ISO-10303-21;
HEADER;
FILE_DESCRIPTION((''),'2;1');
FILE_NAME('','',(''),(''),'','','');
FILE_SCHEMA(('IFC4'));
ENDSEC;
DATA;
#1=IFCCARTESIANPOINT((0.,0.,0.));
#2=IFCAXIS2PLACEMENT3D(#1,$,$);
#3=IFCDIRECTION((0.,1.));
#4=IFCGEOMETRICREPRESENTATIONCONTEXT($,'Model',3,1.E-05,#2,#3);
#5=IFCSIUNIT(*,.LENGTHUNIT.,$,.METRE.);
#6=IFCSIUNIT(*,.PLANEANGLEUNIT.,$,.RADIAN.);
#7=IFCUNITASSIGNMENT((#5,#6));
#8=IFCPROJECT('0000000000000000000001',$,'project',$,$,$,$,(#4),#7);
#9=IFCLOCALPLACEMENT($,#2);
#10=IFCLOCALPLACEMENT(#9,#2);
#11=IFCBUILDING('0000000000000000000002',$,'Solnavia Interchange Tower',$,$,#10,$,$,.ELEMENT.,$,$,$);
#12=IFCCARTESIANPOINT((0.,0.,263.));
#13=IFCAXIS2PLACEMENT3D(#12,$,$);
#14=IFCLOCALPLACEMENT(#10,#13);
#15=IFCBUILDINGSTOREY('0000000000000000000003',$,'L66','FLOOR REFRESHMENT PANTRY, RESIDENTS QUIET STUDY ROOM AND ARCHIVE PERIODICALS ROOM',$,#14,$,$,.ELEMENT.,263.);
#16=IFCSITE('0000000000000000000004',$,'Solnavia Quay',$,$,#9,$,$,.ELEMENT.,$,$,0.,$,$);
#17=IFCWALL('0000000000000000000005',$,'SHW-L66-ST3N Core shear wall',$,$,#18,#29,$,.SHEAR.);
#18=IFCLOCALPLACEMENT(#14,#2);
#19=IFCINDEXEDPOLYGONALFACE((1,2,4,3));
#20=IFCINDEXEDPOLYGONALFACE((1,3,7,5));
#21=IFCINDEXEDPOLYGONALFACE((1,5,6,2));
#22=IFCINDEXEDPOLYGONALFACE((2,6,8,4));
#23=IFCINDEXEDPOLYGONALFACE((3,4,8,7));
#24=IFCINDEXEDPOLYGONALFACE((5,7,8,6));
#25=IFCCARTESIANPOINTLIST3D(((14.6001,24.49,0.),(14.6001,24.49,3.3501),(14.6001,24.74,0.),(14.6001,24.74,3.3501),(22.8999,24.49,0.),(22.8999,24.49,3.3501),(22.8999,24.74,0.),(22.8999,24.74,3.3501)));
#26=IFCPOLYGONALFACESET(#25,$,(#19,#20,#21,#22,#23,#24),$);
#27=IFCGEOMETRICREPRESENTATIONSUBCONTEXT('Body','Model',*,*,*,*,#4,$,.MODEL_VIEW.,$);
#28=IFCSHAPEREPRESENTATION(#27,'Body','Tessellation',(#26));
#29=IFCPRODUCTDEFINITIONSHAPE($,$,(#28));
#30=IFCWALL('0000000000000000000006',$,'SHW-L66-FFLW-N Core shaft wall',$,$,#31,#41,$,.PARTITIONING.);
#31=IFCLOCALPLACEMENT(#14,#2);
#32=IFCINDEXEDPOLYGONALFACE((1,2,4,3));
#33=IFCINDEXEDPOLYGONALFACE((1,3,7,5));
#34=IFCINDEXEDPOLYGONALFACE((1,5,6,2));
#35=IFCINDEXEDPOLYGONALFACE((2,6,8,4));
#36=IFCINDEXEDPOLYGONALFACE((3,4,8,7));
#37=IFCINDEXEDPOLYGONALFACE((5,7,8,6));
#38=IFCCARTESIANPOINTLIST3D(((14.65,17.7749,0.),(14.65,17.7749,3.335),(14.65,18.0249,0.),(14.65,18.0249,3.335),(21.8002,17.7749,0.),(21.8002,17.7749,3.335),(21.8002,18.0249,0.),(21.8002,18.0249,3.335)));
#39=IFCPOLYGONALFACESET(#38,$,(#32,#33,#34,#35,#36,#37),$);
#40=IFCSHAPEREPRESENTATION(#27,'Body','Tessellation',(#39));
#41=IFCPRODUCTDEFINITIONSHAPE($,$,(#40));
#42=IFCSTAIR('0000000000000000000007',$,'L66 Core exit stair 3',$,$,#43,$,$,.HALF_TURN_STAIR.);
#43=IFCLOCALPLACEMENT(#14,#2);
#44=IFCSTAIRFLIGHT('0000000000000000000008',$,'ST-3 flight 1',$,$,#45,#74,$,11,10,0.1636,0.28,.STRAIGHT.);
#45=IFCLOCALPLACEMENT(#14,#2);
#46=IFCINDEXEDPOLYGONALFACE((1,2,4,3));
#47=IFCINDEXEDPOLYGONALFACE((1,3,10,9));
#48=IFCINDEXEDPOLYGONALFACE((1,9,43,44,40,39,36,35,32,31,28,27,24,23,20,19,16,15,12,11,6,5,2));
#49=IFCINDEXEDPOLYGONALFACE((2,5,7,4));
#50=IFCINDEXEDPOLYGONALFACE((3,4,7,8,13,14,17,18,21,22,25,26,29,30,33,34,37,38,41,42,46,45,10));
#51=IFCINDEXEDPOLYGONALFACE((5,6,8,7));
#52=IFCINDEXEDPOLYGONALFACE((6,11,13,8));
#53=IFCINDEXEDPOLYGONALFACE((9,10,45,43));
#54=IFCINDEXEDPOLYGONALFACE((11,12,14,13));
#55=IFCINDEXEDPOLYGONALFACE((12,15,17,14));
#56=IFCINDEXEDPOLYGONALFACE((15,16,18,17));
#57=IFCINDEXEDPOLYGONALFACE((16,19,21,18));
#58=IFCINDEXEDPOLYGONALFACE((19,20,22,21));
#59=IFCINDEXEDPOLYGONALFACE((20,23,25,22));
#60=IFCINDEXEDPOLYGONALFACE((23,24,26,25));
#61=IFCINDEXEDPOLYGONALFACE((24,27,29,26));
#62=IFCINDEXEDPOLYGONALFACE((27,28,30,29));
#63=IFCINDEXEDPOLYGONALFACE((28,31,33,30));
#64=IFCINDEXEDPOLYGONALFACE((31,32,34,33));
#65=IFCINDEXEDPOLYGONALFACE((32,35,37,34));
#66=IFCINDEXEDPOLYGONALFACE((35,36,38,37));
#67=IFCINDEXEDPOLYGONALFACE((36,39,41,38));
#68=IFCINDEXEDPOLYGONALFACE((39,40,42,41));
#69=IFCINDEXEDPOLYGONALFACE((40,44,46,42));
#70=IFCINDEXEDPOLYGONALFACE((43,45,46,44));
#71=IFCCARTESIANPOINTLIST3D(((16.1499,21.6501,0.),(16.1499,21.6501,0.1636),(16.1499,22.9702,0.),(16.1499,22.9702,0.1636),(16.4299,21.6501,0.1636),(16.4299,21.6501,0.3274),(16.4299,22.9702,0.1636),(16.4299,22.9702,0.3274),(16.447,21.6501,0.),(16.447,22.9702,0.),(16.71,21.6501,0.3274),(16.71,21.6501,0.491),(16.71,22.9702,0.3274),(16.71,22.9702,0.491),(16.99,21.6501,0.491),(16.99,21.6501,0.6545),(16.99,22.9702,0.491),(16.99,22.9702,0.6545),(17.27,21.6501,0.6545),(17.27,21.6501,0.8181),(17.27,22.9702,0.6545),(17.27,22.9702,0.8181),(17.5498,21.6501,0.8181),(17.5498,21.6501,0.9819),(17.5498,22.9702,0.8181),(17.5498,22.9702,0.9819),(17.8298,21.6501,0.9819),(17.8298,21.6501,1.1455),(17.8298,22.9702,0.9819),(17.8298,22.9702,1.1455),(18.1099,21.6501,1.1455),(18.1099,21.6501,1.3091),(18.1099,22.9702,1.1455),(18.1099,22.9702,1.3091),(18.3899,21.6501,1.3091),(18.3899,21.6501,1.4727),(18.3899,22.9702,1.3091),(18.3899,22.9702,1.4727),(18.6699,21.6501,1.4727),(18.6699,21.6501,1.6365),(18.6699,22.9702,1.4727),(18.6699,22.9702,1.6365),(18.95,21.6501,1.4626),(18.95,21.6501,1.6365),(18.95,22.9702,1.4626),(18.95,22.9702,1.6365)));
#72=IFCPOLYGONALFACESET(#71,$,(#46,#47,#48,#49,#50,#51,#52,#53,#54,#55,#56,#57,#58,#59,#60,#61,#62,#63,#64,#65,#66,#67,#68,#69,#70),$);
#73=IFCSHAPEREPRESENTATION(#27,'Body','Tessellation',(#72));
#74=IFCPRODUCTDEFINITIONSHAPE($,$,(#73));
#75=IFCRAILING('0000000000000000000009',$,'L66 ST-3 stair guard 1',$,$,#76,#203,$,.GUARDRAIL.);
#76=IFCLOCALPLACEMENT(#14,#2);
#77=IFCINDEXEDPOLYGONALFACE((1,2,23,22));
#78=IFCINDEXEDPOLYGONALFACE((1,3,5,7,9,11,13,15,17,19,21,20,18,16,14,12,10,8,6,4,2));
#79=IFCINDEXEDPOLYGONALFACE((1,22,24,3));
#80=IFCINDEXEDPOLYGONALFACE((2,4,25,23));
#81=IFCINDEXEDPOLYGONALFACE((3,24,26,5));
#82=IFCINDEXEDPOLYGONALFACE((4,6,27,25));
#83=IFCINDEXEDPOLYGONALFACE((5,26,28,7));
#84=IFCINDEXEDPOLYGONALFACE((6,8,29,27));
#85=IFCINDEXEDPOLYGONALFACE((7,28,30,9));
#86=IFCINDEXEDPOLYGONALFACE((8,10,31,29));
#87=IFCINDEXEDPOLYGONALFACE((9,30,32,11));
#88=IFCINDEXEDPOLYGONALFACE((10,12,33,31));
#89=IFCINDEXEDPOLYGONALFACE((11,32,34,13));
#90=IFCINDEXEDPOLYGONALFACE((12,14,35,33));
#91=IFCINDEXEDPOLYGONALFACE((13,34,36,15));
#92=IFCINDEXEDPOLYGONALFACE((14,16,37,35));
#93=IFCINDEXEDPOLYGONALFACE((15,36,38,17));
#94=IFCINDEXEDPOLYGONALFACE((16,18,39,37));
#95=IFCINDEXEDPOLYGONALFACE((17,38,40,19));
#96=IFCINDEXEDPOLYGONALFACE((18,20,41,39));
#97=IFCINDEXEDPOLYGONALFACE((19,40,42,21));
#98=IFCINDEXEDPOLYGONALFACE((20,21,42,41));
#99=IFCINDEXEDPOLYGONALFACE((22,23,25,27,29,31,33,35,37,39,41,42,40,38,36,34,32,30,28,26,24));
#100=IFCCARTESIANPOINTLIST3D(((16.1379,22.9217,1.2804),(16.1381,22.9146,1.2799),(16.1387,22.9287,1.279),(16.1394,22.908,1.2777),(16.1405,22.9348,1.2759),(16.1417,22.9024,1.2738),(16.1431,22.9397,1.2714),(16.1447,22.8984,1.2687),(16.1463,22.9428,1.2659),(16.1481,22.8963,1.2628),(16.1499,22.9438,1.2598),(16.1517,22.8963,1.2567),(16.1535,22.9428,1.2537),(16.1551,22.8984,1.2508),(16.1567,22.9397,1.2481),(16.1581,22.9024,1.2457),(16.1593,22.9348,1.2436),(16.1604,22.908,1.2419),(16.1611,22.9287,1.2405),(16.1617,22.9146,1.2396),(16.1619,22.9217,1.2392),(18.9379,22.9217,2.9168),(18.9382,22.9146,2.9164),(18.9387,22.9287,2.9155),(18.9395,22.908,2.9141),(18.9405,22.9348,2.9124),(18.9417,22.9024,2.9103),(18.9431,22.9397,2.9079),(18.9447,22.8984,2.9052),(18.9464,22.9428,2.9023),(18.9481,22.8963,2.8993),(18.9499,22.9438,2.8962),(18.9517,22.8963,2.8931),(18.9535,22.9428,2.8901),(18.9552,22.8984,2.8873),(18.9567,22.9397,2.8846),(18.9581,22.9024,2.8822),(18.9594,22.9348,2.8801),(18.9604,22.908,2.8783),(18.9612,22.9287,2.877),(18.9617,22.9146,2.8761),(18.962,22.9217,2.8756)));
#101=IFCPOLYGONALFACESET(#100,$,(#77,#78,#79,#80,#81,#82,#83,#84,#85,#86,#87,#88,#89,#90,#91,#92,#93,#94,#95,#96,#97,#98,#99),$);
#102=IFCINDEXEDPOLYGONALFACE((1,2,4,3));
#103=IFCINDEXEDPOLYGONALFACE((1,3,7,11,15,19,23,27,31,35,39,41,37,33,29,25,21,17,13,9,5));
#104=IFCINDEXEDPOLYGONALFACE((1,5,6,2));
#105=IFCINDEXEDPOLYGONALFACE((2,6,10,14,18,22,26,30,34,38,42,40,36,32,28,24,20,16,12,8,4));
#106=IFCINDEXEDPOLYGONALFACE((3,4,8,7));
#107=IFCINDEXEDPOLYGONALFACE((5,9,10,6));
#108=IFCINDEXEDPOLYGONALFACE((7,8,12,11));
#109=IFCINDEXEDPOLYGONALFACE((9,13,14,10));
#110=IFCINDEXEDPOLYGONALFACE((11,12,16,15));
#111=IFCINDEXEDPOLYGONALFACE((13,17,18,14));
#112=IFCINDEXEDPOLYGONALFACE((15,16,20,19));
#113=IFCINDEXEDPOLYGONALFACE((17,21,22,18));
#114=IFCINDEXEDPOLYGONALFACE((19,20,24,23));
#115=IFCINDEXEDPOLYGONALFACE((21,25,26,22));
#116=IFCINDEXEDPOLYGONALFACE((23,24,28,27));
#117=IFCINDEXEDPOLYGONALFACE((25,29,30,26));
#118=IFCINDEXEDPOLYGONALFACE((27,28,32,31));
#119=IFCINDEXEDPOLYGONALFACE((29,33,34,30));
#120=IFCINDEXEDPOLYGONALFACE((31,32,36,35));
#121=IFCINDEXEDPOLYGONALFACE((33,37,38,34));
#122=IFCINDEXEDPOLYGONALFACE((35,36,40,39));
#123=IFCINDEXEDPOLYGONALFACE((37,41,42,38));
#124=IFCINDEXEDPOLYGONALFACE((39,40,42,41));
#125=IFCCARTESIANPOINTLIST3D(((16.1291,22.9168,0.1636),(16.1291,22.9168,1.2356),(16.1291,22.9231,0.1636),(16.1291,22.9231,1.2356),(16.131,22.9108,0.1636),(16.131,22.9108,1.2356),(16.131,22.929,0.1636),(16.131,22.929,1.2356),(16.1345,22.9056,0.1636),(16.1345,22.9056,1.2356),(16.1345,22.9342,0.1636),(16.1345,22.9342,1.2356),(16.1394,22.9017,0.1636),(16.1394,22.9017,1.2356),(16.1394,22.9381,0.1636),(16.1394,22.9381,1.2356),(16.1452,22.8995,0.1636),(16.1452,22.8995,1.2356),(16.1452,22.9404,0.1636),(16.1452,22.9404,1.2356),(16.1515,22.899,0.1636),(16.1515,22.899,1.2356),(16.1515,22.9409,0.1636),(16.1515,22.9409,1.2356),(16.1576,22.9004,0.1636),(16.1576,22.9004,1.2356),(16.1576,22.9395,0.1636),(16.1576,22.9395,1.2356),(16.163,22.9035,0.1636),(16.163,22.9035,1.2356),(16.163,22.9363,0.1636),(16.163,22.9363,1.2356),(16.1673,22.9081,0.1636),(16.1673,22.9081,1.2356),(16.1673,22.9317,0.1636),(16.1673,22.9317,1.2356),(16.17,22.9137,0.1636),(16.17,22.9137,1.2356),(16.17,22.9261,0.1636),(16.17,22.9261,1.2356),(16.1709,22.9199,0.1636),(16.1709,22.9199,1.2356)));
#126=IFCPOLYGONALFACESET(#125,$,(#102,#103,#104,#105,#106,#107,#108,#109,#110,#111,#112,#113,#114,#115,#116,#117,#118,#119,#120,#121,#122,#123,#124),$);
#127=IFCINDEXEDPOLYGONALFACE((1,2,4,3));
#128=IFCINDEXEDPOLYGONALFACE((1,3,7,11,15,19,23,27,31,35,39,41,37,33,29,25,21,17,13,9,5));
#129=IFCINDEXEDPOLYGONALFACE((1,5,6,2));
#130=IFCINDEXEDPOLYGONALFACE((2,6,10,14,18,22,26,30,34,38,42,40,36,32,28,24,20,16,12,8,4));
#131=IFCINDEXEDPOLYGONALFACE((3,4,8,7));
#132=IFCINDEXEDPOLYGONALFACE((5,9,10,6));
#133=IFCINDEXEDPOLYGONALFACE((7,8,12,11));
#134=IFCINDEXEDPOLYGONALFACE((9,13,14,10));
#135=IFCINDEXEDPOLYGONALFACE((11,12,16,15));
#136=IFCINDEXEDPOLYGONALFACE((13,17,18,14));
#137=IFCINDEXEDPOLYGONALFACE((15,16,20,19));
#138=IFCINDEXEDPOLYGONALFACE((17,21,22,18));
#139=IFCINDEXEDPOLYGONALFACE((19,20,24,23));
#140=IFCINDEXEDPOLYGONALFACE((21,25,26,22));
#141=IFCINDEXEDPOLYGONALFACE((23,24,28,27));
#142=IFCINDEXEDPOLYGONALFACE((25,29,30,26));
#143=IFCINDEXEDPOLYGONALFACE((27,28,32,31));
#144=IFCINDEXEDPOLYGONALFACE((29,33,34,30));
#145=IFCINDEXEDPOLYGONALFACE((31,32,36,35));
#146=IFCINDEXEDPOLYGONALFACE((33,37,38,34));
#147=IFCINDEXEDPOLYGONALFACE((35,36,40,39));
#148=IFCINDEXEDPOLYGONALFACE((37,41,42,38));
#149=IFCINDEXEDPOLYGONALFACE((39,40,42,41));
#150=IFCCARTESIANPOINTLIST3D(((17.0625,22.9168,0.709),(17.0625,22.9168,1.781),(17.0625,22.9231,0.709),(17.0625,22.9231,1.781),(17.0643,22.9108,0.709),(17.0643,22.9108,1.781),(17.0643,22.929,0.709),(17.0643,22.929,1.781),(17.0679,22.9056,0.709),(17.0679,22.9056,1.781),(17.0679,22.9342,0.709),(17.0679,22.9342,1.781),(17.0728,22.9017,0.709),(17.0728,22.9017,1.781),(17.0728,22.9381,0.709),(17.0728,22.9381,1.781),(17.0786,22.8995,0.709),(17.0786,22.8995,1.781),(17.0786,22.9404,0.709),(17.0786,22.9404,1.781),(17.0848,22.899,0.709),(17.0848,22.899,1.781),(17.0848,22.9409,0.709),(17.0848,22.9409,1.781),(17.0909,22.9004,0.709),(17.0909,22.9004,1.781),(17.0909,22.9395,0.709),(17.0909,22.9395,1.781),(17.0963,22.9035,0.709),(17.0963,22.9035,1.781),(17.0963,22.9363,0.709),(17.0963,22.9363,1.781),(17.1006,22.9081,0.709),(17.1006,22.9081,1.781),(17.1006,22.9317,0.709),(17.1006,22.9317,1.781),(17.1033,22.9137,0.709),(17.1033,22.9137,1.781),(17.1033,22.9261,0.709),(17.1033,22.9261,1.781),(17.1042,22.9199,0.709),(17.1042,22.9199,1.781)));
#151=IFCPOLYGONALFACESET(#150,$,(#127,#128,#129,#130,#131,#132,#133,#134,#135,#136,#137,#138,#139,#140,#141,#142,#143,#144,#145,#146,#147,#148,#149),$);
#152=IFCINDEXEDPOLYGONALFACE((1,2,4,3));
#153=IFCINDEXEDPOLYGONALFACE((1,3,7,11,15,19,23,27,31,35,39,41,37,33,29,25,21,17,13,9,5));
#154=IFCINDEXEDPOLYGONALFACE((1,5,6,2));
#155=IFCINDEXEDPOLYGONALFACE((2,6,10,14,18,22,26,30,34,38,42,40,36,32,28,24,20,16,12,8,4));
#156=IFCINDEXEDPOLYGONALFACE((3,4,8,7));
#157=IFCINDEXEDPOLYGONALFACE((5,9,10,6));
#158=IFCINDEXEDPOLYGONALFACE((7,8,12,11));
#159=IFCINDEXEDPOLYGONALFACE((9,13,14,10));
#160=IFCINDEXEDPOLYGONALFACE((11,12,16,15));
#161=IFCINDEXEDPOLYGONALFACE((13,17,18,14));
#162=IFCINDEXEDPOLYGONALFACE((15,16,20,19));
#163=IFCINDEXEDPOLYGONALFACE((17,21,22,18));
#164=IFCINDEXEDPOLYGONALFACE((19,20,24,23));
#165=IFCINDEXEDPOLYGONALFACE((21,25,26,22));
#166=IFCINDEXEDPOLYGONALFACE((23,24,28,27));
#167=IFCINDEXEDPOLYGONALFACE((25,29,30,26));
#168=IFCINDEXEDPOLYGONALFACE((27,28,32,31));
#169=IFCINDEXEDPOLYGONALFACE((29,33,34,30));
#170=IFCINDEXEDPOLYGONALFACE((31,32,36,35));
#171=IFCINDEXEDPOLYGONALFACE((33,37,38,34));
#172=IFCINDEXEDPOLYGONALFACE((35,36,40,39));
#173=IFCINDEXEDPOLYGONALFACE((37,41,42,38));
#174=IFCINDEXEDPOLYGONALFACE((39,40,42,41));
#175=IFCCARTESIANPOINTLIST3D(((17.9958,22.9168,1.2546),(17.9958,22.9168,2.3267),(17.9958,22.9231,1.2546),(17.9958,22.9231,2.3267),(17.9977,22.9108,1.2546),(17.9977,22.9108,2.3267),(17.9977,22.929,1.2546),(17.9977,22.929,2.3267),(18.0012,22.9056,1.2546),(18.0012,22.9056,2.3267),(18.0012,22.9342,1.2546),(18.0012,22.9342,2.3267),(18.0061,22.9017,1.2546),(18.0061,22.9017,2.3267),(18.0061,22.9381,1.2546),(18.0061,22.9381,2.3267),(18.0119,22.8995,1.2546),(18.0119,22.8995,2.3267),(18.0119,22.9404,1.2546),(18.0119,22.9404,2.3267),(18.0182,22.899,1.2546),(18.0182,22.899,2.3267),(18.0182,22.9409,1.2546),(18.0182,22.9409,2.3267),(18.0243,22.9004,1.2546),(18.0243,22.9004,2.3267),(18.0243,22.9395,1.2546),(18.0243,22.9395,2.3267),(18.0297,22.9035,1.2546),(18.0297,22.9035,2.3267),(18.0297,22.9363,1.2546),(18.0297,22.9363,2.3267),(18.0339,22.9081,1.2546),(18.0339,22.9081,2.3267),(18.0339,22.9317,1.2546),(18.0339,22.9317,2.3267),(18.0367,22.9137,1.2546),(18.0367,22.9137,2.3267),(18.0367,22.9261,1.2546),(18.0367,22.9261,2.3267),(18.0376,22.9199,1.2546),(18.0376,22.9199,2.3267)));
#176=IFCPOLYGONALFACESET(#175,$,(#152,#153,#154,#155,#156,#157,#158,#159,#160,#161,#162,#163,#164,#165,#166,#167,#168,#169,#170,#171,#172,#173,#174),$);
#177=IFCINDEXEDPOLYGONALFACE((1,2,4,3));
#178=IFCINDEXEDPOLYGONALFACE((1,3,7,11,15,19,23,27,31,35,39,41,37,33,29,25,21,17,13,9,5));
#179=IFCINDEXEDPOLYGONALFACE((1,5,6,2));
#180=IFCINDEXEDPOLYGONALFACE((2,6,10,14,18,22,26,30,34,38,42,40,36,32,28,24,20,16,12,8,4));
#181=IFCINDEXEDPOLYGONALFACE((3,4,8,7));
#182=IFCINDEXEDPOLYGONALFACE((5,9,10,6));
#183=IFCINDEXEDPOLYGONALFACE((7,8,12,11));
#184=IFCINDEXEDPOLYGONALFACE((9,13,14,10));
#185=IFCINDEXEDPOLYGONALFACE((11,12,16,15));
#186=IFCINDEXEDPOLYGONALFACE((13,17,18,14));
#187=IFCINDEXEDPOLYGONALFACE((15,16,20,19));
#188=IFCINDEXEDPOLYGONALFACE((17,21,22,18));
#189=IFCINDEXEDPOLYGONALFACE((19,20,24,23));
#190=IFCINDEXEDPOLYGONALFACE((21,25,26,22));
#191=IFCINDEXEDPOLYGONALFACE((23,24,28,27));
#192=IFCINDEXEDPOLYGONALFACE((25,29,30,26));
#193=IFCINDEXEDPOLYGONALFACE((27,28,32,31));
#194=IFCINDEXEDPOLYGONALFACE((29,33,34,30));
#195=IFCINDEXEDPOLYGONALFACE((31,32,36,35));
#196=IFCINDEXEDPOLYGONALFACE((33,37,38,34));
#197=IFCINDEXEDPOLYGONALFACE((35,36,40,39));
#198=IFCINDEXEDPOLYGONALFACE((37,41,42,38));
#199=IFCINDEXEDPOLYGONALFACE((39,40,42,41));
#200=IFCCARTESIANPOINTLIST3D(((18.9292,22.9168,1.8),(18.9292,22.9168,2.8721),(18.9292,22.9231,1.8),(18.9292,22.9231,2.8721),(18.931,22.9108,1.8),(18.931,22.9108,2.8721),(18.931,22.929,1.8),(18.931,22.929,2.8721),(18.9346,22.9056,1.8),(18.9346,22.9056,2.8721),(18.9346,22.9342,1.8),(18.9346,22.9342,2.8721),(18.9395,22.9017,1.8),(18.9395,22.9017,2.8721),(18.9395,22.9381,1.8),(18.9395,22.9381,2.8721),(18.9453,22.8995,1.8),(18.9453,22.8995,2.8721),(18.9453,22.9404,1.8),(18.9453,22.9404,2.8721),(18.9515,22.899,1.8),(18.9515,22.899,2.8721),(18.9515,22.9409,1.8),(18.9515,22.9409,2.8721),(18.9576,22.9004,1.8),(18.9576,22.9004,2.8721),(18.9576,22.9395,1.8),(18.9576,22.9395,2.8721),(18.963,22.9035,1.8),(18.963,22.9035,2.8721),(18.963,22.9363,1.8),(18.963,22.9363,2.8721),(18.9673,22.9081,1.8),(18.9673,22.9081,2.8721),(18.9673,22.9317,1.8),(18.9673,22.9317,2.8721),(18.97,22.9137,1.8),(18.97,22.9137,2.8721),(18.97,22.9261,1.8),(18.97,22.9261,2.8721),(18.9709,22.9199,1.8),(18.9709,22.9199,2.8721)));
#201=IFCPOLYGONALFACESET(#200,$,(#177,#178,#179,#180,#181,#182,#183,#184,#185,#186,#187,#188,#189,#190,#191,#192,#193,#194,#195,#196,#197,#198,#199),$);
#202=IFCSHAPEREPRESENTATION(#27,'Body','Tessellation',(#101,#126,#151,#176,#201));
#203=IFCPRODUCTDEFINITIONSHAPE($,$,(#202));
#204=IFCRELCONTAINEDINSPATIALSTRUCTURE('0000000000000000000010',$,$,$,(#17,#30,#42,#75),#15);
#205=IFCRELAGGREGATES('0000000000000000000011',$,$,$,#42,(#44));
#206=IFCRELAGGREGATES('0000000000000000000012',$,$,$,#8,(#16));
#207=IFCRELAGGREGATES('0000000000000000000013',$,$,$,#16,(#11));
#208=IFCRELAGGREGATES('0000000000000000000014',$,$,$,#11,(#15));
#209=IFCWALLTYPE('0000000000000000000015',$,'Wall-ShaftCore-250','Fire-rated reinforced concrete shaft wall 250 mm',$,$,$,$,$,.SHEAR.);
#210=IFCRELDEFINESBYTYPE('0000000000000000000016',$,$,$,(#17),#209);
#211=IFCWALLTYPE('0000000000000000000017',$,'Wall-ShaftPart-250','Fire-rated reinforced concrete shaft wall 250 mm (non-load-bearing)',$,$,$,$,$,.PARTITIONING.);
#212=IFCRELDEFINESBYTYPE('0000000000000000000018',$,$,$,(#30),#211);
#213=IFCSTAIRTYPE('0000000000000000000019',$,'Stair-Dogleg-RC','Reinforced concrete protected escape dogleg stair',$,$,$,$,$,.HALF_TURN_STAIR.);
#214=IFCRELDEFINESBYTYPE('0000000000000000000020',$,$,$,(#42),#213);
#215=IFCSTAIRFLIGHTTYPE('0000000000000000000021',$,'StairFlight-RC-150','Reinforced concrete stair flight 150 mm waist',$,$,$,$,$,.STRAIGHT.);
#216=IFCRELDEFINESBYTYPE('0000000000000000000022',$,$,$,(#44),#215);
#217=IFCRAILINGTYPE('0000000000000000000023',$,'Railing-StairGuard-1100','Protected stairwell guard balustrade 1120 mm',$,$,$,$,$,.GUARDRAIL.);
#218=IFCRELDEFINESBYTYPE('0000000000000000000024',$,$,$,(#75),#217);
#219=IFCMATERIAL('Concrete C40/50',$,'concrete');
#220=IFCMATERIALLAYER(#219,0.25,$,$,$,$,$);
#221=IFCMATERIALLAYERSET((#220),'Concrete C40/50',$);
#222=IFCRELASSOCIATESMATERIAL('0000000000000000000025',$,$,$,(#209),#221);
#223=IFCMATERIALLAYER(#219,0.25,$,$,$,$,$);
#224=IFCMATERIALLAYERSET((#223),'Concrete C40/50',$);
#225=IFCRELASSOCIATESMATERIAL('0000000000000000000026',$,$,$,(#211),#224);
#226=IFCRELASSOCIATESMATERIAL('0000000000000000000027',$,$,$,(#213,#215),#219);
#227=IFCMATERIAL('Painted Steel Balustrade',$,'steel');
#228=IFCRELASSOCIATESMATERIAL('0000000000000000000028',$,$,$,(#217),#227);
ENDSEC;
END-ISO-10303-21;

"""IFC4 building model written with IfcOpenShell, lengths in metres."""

from ifc_helpers import new_model, si_unit, direction, frame, frame_2d, origin, origin_2d, place, context, subcontext, project, spatial, polyline, rectangle, circle, outline, extrude, material, layer, layer_set, type_object, element, aggregate, save


model = new_model("IFC4")

# Units and contexts
model_context = context("Model", 3, precision=1e-05, world=origin(), true_north=direction((0.0, 1.0)))
body_context = subcontext(model_context, "Body", "Model", "MODEL_VIEW")
ifc_project = project(units=[si_unit("LENGTHUNIT", "METRE"), si_unit("PLANEANGLEUNIT", "RADIAN")], contexts=[model_context])

# Site, building, storey
site_placement = place(None, origin())
site = spatial("IfcSite", under=ifc_project, at=site_placement, Name="Solnavia Quay", CompositionType="ELEMENT", RefElevation=0.0)
building_placement = place(site_placement, origin())
building = spatial("IfcBuilding", under=site, at=building_placement, Name="Solnavia Interchange Tower", CompositionType="ELEMENT")
storey_placement = place(building_placement, frame((0.0, 0.0, 263.0)))
storey = spatial("IfcBuildingStorey", under=building, at=storey_placement, Name="L66", Description="FLOOR REFRESHMENT PANTRY, RESIDENTS QUIET STUDY ROOM AND ARCHIVE PERIODICALS ROOM", CompositionType="ELEMENT", Elevation=263.0)

# Shared definitions
ifc_material_1 = material(Name="Concrete C40/50", Category="concrete")

# Walls
ifc_layer_1 = layer(ifc_material_1, 0.25)
ifc_layer_set_1 = layer_set([ifc_layer_1], Name="Concrete C40/50")
wall_type_1 = type_object("IfcWallType", Name="Wall-ShaftCore-250", Description="Fire-rated reinforced concrete shaft wall 250 mm", PredefinedType="SHEAR", material=ifc_layer_set_1)
for number, where, z_axis, x_axis, name in (
    (1, (14.6001, 24.615, 0.0), (0.0, 0.0, 1.0), (1.0, 0.0, 0.0), "SHW-L66-ST3N Core shear wall"),
):
    element("IfcWall", number, at=place(storey_placement, frame(where, z_axis=z_axis, x_axis=x_axis)), inside=storey, type_object=wall_type_1, Name=name, PredefinedType="SHEAR", context=body_context, shape_type="SweptSolid", body=[
        extrude(rectangle(XDim=8.2998, YDim=0.25, at=frame_2d((4.1499, 0.0))), origin(), (0.0, 0.0, 1.0), 3.3501),
    ])
ifc_layer_2 = layer(ifc_material_1, 0.25)
ifc_layer_set_2 = layer_set([ifc_layer_2], Name="Concrete C40/50")
wall_type_2 = type_object("IfcWallType", Name="Wall-ShaftPart-250", Description="Fire-rated reinforced concrete shaft wall 250 mm (non-load-bearing)", PredefinedType="PARTITIONING", material=ifc_layer_set_2)
wall_1_placement = place(storey_placement, frame((14.6499, 17.8999, 0.0), z_axis=(0.0, 0.0, 1.0), x_axis=(1.0, 0.0, 0.0)))
element("IfcWall", 2, at=wall_1_placement, inside=storey, type_object=wall_type_2, Name="SHW-L66-FFLW-N Core shaft wall", PredefinedType="PARTITIONING", context=body_context, shape_type="SweptSolid", body=[
    extrude(rectangle(XDim=7.1501, YDim=0.25, at=frame_2d((3.5752, 0.0))), origin(), (0.0, 0.0, 1.0), 3.335),
])

# Stair, stair flight
stair_type = type_object("IfcStairType", Name="Stair-Dogleg-RC", Description="Reinforced concrete protected escape dogleg stair", PredefinedType="HALF_TURN_STAIR", material=ifc_material_1)
stair_placement = place(storey_placement, origin())
stair = element("IfcStair", 3, at=stair_placement, inside=storey, type_object=stair_type, Name="L66 Core exit stair 3", PredefinedType="HALF_TURN_STAIR")
stair_flight_type = type_object("IfcStairFlightType", Name="StairFlight-RC-150", Description="Reinforced concrete stair flight 150 mm waist", PredefinedType="STRAIGHT", material=ifc_material_1)
stair_flight_placement = place(storey_placement, frame((16.1499, 22.3101, 0.0), z_axis=(0.0, 0.0, 1.0), x_axis=(1.0, 0.0, 0.0)))
stair_flight = element("IfcStairFlight", 4, at=stair_flight_placement, type_object=stair_flight_type, Name="ST-3 flight 1", NumberOfRisers=11, NumberOfTreads=10, PredefinedType="STRAIGHT", RiserHeight=0.1636, TreadLength=0.28, context=body_context, shape_type="SweptSolid", body=[
    extrude(outline(polyline([(0.0, 0.0), (0.0, 0.1636), (0.28, 0.1636), (0.28, 0.3274), (0.5601, 0.3274), (0.5601, 0.491), (0.8401, 0.491), (0.8401, 0.6545), (1.1201, 0.6545), (1.1201, 0.8181), (1.3999, 0.8181), (1.3999, 0.9819), (1.6799, 0.9819), (1.6799, 1.1455), (1.96, 1.1455), (1.96, 1.3091), (2.24, 1.3091), (2.24, 1.4727), (2.52, 1.4727), (2.52, 1.6365), (2.8, 1.6365), (2.8, 1.8), (2.8, 1.4626), (0.2971, 0.0), (0.0, 0.0)])), frame((0.0, 0.6602, 0.0), z_axis=(0.0, -1.0, 0.0), x_axis=(1.0, 0.0, 0.0)), (0.0, 0.0, 1.0), 1.3201),
])
aggregate(stair, [stair_flight])

# Railing
ifc_material_2 = material(Name="Painted Steel Balustrade", Category="steel")
railing_type_1 = type_object("IfcRailingType", Name="Railing-StairGuard-1100", Description="Protected stairwell guard balustrade 1120 mm", PredefinedType="GUARDRAIL", material=ifc_material_2)
railing_1_placement = place(storey_placement, frame((16.1499, 22.9199, 0.1636)))
element("IfcRailing", 5, at=railing_1_placement, inside=storey, type_object=railing_type_1, Name="L66 ST-3 stair guard 1", PredefinedType="GUARDRAIL", context=body_context, shape_type="SweptSolid", body=[
    extrude(circle(Radius=0.0239, at=origin_2d()), frame((0.0, 0.0, 1.0962), z_axis=(0.863361, 0.0, 0.504587), x_axis=(0.0, 1.0, 0.0)), (0.0, 0.0, 1.0), 3.2432),
    extrude(circle(Radius=0.021, at=origin_2d()), origin(), (0.0, 0.0, 1.0), 1.072),
    extrude(circle(Radius=0.021, at=origin_2d()), frame((0.9333, 0.0, 0.5454)), (0.0, 0.0, 1.0), 1.072),
    extrude(circle(Radius=0.021, at=origin_2d()), frame((1.8667, 0.0, 1.0911)), (0.0, 0.0, 1.0), 1.072),
    extrude(circle(Radius=0.021, at=origin_2d()), frame((2.8, 0.0, 1.6365)), (0.0, 0.0, 1.0), 1.072),
])

save(model, "model.ifc")
